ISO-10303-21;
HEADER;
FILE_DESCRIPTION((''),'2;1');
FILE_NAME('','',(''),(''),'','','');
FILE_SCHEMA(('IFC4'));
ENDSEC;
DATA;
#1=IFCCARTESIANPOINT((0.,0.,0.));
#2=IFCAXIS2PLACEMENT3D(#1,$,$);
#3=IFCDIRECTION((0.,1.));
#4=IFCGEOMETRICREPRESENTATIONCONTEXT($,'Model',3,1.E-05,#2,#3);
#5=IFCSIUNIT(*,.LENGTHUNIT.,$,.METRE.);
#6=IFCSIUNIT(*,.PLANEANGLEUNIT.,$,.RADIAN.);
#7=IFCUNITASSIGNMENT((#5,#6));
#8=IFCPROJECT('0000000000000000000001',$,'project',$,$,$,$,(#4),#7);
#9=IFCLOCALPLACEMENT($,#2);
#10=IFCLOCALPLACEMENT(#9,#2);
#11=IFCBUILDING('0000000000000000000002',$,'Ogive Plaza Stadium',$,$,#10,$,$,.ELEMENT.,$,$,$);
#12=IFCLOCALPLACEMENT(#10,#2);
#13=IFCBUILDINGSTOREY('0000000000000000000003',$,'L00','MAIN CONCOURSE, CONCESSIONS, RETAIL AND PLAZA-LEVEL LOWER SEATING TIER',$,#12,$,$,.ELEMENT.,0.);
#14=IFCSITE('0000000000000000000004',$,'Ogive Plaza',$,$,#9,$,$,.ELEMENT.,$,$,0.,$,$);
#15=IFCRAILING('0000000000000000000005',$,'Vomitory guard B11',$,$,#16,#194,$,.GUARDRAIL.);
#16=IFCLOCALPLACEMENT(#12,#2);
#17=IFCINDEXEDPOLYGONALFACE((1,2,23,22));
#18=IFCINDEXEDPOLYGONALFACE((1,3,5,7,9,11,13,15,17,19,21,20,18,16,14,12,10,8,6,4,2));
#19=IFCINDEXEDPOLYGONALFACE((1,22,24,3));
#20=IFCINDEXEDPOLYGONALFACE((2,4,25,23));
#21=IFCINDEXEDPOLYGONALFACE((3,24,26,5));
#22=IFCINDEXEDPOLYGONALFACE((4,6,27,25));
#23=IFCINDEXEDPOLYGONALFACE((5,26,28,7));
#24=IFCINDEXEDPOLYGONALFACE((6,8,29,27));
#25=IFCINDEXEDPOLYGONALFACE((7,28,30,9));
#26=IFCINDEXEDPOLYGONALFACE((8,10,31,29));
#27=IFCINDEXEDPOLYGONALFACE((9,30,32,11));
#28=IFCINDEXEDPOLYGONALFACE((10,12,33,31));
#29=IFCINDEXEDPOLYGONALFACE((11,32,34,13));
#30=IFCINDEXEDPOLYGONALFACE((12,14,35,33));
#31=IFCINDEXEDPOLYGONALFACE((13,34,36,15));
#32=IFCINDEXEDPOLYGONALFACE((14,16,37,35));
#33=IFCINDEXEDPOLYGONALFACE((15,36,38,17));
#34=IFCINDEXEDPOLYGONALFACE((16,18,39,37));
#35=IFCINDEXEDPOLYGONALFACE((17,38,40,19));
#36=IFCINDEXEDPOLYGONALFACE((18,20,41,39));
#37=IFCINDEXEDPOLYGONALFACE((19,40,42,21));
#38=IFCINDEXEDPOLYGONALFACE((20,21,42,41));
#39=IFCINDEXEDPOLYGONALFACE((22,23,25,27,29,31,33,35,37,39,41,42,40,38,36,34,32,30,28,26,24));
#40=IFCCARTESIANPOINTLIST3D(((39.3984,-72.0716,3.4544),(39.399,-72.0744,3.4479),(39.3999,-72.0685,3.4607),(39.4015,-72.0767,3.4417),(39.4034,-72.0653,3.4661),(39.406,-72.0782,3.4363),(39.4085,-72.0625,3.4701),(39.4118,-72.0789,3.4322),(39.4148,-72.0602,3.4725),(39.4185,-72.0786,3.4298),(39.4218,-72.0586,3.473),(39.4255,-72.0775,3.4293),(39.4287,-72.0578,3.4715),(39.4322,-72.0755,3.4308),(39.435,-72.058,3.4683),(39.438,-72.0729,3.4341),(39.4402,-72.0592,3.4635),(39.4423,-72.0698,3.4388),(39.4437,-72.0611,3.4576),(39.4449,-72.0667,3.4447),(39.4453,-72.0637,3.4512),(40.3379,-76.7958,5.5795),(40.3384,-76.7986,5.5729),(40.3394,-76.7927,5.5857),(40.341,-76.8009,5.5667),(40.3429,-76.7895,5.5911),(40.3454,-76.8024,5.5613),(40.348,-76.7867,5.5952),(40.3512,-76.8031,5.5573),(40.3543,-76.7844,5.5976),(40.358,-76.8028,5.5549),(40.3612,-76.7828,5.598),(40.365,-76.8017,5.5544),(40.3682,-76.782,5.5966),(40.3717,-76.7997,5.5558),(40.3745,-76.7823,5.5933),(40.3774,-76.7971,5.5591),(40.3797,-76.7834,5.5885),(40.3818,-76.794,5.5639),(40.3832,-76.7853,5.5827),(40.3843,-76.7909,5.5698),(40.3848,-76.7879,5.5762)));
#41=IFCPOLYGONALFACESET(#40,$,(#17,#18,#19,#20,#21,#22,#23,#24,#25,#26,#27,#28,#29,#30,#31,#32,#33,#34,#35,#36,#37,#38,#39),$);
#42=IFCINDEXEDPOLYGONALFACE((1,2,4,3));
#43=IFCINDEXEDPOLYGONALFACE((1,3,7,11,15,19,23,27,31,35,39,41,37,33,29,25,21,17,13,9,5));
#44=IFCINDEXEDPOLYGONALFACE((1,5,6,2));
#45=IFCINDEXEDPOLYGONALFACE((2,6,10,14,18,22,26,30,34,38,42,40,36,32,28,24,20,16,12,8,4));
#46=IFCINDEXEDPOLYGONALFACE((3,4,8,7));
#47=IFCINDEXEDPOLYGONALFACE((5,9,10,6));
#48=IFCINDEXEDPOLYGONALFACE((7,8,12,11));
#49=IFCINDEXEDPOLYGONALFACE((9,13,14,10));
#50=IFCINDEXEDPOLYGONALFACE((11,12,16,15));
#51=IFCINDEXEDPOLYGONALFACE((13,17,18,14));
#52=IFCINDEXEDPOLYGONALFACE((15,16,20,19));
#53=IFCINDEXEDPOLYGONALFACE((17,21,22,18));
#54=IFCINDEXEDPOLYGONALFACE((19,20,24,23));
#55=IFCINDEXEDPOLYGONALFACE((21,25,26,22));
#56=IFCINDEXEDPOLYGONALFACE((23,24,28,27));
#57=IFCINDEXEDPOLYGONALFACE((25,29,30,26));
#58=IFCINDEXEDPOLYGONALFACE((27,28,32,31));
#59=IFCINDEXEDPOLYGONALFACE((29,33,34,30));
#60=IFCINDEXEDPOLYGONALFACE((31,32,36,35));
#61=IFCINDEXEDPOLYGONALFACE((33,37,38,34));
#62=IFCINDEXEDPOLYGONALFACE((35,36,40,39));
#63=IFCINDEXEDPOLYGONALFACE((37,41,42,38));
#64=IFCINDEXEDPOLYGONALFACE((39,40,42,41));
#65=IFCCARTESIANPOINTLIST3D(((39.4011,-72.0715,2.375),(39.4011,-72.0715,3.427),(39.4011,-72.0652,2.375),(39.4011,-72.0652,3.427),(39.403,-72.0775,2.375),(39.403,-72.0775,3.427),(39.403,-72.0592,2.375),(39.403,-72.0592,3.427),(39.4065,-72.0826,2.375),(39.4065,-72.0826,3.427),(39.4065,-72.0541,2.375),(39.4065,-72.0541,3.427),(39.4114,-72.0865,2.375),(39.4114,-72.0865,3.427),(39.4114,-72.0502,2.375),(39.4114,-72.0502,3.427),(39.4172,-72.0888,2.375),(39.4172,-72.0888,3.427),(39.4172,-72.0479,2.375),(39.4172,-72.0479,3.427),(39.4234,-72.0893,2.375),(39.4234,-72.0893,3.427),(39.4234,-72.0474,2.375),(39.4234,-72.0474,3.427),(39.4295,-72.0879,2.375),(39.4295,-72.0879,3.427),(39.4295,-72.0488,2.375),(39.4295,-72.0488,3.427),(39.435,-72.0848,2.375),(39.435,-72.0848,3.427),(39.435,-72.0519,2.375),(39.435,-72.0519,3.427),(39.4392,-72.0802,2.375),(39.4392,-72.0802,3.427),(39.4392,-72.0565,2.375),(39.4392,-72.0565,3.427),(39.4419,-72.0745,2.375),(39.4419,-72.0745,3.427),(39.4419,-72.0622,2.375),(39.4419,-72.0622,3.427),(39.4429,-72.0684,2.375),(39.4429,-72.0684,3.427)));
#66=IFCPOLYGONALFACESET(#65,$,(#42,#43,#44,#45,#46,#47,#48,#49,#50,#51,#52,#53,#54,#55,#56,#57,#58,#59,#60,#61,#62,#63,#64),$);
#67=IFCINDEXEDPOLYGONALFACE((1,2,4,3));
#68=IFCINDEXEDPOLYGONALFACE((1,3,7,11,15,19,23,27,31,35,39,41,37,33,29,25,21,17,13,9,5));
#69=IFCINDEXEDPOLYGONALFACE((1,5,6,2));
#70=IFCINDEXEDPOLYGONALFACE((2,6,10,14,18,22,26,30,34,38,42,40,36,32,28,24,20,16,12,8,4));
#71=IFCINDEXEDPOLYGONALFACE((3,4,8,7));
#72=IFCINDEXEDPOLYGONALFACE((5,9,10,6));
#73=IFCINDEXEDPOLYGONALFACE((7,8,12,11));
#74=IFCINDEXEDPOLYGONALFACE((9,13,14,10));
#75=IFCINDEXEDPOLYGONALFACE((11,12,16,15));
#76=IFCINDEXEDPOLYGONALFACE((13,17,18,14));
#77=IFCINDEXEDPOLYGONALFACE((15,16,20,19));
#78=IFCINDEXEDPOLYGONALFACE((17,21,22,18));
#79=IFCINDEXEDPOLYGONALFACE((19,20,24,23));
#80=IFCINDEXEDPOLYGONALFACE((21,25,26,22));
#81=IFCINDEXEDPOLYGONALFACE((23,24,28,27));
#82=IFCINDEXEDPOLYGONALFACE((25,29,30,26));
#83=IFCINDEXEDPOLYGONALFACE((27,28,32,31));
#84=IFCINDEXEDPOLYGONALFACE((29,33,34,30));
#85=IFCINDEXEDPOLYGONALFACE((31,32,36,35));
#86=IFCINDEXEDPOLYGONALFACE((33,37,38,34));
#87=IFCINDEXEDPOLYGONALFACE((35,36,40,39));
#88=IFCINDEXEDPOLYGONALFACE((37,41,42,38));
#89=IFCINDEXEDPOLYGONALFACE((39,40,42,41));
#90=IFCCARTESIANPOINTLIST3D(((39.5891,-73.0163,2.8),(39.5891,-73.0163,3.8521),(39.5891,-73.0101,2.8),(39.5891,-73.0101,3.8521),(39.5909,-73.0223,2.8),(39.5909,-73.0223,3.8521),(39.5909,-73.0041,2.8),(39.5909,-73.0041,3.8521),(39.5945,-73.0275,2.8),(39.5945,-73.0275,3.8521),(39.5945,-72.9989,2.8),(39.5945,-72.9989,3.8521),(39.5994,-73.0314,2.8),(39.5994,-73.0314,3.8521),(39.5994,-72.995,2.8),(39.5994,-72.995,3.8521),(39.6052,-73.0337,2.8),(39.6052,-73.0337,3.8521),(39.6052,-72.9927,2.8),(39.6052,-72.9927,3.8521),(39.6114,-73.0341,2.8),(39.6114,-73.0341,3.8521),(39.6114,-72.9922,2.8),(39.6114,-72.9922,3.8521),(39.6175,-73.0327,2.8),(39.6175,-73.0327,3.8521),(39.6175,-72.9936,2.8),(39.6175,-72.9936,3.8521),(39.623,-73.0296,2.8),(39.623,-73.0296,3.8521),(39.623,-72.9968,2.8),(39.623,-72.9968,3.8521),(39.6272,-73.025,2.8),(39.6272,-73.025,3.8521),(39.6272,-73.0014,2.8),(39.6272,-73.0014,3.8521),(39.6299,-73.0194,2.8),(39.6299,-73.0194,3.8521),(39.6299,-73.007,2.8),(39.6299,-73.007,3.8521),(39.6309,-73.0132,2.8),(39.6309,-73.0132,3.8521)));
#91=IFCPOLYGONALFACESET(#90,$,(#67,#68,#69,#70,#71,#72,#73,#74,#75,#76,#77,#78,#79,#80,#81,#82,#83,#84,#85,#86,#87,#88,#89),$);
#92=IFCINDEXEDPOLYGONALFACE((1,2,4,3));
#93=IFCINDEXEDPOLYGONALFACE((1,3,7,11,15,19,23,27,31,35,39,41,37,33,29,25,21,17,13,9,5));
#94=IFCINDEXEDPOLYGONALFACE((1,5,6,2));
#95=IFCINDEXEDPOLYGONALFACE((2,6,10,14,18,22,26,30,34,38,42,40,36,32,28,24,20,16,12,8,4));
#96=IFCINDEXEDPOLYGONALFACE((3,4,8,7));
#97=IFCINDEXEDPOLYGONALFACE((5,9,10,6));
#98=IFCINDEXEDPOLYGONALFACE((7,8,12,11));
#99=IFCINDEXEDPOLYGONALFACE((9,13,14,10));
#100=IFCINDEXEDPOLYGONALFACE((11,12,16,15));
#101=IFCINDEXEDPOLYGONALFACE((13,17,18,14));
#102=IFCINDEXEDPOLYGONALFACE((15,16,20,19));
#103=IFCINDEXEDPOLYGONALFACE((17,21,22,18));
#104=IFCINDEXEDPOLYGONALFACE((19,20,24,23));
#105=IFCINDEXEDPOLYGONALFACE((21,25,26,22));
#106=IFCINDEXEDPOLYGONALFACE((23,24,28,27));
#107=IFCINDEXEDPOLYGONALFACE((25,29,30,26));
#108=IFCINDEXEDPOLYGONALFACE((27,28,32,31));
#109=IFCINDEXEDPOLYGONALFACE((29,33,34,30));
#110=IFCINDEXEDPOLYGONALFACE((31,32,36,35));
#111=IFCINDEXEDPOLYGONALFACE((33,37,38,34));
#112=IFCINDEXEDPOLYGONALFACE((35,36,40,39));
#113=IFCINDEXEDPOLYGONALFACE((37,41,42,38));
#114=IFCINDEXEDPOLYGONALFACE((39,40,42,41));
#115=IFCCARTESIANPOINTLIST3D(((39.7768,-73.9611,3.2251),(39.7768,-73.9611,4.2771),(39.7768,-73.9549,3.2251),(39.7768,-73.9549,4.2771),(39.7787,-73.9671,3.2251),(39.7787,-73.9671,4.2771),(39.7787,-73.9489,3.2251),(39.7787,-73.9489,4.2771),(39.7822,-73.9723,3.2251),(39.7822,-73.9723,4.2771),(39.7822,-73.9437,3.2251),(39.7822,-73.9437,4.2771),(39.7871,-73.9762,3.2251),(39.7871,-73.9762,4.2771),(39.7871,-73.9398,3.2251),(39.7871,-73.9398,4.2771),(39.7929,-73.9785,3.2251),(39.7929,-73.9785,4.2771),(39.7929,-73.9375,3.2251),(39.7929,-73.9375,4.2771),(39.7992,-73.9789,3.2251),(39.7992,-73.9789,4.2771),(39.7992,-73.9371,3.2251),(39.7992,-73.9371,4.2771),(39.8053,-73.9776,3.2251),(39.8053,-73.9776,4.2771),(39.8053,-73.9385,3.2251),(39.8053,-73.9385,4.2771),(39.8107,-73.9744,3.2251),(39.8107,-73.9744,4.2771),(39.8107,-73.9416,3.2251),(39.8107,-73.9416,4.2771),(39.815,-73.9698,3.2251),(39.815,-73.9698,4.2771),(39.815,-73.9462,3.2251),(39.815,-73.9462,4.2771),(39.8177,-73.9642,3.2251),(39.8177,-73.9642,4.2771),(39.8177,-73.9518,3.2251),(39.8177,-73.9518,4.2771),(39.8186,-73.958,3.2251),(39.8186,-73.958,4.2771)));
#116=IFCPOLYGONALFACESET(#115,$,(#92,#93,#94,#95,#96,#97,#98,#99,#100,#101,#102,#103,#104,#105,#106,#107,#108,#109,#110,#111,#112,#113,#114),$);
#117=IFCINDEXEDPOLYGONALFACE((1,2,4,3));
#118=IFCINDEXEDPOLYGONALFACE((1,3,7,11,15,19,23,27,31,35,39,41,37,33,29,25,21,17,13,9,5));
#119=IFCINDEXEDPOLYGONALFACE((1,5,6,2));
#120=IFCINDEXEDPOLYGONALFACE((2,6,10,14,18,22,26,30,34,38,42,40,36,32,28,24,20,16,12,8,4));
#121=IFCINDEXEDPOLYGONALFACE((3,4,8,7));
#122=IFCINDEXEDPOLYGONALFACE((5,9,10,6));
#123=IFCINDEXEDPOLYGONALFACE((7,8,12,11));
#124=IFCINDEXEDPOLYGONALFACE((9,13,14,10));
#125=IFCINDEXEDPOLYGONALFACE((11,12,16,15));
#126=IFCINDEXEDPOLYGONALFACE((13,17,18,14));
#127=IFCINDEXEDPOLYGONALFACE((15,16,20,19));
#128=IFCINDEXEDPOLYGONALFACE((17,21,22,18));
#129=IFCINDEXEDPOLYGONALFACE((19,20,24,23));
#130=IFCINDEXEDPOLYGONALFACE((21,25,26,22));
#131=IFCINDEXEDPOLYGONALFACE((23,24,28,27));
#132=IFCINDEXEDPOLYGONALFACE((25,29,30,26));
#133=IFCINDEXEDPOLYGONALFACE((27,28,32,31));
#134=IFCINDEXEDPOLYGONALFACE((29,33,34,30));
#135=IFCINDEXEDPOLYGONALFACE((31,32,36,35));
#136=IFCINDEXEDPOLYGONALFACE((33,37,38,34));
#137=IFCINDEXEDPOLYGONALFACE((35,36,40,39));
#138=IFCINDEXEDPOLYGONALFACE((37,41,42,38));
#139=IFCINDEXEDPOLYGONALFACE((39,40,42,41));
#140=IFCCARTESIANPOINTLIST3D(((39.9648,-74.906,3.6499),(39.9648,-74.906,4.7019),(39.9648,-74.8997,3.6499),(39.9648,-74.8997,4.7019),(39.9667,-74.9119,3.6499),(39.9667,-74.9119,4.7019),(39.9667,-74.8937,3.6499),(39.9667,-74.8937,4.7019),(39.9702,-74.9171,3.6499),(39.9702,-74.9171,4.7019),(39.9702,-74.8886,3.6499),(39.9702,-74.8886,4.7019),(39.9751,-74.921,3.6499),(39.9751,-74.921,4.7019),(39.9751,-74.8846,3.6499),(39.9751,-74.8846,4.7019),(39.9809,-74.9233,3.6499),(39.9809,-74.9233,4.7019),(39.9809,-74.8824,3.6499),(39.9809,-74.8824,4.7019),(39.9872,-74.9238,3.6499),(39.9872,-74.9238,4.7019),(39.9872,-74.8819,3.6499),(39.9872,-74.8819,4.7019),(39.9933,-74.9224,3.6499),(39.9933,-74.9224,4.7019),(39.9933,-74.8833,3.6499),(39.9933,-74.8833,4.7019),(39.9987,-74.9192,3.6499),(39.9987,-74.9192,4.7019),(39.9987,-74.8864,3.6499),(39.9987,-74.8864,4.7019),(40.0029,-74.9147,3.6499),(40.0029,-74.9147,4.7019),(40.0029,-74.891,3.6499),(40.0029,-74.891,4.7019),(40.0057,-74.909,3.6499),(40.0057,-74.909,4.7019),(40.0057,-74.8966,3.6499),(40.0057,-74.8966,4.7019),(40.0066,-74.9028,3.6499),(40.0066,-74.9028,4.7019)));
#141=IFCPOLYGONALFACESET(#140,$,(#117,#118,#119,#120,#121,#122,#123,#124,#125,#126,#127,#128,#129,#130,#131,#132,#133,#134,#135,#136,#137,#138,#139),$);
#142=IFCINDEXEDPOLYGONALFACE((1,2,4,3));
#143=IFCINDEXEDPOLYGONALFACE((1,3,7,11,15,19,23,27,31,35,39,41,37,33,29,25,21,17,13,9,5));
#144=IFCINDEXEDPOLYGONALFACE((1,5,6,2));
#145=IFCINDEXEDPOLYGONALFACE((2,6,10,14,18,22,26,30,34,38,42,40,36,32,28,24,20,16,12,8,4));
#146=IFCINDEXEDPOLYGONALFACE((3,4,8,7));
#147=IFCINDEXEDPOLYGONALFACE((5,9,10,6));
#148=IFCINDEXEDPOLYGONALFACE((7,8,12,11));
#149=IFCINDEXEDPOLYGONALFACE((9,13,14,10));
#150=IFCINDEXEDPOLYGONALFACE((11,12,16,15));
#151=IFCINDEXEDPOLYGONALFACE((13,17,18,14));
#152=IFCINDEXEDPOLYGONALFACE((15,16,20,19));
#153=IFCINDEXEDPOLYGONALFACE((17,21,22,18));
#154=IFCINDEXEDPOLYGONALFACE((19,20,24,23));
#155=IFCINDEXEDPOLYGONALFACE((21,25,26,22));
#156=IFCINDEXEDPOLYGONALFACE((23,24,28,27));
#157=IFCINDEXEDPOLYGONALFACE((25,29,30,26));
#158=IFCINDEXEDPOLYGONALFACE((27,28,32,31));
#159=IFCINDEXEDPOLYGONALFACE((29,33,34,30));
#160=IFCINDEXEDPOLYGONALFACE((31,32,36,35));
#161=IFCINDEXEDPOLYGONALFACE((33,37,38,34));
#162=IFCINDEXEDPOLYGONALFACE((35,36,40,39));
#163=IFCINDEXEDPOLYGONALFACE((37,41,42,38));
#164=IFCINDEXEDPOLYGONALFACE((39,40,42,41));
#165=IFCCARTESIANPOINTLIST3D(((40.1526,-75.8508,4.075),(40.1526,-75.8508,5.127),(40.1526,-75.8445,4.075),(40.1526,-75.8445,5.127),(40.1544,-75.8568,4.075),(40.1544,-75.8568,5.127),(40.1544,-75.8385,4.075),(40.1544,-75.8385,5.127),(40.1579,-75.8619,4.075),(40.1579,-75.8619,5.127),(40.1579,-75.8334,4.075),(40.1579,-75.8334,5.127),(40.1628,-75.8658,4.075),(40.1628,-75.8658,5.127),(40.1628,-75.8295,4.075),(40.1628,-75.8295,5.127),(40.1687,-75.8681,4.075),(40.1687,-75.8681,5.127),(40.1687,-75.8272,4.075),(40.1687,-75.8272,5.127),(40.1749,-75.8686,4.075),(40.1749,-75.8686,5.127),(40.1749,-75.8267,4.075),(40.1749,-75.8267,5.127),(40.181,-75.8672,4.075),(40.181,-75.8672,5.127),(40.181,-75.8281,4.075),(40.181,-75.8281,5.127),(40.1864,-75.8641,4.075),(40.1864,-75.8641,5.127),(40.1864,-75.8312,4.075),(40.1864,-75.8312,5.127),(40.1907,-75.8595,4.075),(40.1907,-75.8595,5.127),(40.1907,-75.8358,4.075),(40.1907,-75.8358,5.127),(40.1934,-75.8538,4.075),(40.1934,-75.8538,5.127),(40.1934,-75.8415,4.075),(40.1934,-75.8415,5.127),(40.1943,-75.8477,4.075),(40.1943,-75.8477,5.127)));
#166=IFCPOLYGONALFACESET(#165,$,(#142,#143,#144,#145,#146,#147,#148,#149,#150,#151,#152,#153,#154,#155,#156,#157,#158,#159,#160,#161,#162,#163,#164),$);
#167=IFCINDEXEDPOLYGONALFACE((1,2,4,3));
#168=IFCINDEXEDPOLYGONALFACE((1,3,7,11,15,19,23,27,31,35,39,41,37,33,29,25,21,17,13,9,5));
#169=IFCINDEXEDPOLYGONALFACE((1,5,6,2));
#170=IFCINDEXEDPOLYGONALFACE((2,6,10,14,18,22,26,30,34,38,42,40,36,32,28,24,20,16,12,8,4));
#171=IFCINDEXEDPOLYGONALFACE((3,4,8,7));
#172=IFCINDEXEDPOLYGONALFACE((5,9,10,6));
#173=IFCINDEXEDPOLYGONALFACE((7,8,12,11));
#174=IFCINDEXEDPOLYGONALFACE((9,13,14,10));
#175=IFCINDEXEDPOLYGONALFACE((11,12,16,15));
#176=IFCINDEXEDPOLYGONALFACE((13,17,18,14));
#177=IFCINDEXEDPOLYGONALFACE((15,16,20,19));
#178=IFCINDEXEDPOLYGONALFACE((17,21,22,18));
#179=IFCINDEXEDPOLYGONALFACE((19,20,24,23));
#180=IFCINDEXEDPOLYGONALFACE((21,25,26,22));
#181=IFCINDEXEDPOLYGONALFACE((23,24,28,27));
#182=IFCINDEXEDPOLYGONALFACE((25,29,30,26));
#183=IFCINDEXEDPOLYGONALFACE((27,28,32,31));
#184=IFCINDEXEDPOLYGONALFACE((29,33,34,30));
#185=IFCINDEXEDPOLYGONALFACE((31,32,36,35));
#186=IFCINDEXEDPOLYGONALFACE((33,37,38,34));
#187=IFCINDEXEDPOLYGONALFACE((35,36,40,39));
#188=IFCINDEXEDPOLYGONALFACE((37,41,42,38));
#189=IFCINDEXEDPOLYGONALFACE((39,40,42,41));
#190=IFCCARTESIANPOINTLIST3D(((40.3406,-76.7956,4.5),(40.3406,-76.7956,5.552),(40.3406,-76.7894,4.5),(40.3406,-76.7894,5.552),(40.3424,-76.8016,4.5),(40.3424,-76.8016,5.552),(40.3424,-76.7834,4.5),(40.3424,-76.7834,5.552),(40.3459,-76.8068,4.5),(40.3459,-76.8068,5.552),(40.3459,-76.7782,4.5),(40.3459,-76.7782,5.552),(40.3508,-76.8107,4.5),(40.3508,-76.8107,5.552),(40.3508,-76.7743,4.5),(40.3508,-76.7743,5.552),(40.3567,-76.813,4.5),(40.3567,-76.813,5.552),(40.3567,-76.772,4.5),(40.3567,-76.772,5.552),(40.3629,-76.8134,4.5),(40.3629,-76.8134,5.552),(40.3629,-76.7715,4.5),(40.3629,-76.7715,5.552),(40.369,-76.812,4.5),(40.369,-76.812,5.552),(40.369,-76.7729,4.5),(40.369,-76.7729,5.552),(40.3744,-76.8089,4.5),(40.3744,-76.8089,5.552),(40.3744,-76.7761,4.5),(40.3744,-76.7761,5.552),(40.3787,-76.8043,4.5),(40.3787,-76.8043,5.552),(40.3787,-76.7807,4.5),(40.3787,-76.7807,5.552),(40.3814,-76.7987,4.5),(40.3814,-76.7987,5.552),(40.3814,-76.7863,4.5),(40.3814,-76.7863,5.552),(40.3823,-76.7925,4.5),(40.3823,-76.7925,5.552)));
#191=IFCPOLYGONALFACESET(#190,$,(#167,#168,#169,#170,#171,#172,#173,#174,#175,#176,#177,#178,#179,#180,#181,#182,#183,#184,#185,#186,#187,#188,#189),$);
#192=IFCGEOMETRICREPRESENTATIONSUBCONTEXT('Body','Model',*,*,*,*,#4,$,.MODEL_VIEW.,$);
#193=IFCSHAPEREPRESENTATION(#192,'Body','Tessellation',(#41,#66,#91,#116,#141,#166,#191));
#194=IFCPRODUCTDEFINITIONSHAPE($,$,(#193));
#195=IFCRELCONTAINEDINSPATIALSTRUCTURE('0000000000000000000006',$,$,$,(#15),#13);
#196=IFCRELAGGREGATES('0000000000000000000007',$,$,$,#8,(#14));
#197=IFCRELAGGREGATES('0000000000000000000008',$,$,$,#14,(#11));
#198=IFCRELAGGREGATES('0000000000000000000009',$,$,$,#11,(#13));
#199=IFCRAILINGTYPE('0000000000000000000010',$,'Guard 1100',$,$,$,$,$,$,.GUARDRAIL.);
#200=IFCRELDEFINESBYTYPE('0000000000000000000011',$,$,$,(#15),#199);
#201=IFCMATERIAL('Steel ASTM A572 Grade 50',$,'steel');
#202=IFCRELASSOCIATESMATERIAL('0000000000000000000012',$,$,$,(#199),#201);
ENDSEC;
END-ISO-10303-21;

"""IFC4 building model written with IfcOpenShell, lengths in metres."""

from ifc_helpers import new_model, si_unit, direction, frame, origin, origin_2d, place, context, subcontext, project, spatial, circle, extrude, material, type_object, element, save


model = new_model("IFC4")

# Units and contexts
model_context = context("Model", 3, precision=1e-05, world=origin(), true_north=direction((0.0, 1.0)))
body_context = subcontext(model_context, "Body", "Model", "MODEL_VIEW")
ifc_project = project(units=[si_unit("LENGTHUNIT", "METRE"), si_unit("PLANEANGLEUNIT", "RADIAN")], contexts=[model_context])

# Site, building, storey
site_placement = place(None, origin())
site = spatial("IfcSite", under=ifc_project, at=site_placement, Name="Ogive Plaza", CompositionType="ELEMENT", RefElevation=0.0)
building_placement = place(site_placement, origin())
building = spatial("IfcBuilding", under=site, at=building_placement, Name="Ogive Plaza Stadium", CompositionType="ELEMENT")
storey_placement = place(building_placement, origin())
storey = spatial("IfcBuildingStorey", under=building, at=storey_placement, Name="L00", Description="MAIN CONCOURSE, CONCESSIONS, RETAIL AND PLAZA-LEVEL LOWER SEATING TIER", CompositionType="ELEMENT", Elevation=0.0)

# Railing
ifc_material_1 = material(Name="Steel ASTM A572 Grade 50", Category="steel")
railing_type = type_object("IfcRailingType", Name="Guard 1100", PredefinedType="GUARDRAIL", material=ifc_material_1)
railing_placement = place(storey_placement, frame((39.4219, -72.0684, 2.375)))
element("IfcRailing", 1, at=railing_placement, inside=storey, type_object=railing_type, Name="Vomitory guard B11", PredefinedType="GUARDRAIL", context=body_context, shape_type="SweptSolid", body=[
    extrude(circle(Radius=0.0239, at=origin_2d()), frame((0.0, 0.0, 1.0762), z_axis=(0.178449, -0.897345, 0.403643), x_axis=(0.980795, 0.195044, 0.0)), (0.0, 0.0, 1.0), 5.2646),
    extrude(circle(Radius=0.021, at=origin_2d()), origin(), (0.0, 0.0, 1.0), 1.052),
    extrude(circle(Radius=0.021, at=origin_2d()), frame((0.188, -0.9448, 0.425)), (0.0, 0.0, 1.0), 1.052),
    extrude(circle(Radius=0.021, at=origin_2d()), frame((0.3757, -1.8896, 0.8501)), (0.0, 0.0, 1.0), 1.052),
    extrude(circle(Radius=0.021, at=origin_2d()), frame((0.5637, -2.8345, 1.2749)), (0.0, 0.0, 1.0), 1.052),
    extrude(circle(Radius=0.021, at=origin_2d()), frame((0.7515, -3.7793, 1.7)), (0.0, 0.0, 1.0), 1.052),
    extrude(circle(Radius=0.021, at=origin_2d()), frame((0.9395, -4.7241, 2.125)), (0.0, 0.0, 1.0), 1.052),
])

save(model, "model.ifc")
